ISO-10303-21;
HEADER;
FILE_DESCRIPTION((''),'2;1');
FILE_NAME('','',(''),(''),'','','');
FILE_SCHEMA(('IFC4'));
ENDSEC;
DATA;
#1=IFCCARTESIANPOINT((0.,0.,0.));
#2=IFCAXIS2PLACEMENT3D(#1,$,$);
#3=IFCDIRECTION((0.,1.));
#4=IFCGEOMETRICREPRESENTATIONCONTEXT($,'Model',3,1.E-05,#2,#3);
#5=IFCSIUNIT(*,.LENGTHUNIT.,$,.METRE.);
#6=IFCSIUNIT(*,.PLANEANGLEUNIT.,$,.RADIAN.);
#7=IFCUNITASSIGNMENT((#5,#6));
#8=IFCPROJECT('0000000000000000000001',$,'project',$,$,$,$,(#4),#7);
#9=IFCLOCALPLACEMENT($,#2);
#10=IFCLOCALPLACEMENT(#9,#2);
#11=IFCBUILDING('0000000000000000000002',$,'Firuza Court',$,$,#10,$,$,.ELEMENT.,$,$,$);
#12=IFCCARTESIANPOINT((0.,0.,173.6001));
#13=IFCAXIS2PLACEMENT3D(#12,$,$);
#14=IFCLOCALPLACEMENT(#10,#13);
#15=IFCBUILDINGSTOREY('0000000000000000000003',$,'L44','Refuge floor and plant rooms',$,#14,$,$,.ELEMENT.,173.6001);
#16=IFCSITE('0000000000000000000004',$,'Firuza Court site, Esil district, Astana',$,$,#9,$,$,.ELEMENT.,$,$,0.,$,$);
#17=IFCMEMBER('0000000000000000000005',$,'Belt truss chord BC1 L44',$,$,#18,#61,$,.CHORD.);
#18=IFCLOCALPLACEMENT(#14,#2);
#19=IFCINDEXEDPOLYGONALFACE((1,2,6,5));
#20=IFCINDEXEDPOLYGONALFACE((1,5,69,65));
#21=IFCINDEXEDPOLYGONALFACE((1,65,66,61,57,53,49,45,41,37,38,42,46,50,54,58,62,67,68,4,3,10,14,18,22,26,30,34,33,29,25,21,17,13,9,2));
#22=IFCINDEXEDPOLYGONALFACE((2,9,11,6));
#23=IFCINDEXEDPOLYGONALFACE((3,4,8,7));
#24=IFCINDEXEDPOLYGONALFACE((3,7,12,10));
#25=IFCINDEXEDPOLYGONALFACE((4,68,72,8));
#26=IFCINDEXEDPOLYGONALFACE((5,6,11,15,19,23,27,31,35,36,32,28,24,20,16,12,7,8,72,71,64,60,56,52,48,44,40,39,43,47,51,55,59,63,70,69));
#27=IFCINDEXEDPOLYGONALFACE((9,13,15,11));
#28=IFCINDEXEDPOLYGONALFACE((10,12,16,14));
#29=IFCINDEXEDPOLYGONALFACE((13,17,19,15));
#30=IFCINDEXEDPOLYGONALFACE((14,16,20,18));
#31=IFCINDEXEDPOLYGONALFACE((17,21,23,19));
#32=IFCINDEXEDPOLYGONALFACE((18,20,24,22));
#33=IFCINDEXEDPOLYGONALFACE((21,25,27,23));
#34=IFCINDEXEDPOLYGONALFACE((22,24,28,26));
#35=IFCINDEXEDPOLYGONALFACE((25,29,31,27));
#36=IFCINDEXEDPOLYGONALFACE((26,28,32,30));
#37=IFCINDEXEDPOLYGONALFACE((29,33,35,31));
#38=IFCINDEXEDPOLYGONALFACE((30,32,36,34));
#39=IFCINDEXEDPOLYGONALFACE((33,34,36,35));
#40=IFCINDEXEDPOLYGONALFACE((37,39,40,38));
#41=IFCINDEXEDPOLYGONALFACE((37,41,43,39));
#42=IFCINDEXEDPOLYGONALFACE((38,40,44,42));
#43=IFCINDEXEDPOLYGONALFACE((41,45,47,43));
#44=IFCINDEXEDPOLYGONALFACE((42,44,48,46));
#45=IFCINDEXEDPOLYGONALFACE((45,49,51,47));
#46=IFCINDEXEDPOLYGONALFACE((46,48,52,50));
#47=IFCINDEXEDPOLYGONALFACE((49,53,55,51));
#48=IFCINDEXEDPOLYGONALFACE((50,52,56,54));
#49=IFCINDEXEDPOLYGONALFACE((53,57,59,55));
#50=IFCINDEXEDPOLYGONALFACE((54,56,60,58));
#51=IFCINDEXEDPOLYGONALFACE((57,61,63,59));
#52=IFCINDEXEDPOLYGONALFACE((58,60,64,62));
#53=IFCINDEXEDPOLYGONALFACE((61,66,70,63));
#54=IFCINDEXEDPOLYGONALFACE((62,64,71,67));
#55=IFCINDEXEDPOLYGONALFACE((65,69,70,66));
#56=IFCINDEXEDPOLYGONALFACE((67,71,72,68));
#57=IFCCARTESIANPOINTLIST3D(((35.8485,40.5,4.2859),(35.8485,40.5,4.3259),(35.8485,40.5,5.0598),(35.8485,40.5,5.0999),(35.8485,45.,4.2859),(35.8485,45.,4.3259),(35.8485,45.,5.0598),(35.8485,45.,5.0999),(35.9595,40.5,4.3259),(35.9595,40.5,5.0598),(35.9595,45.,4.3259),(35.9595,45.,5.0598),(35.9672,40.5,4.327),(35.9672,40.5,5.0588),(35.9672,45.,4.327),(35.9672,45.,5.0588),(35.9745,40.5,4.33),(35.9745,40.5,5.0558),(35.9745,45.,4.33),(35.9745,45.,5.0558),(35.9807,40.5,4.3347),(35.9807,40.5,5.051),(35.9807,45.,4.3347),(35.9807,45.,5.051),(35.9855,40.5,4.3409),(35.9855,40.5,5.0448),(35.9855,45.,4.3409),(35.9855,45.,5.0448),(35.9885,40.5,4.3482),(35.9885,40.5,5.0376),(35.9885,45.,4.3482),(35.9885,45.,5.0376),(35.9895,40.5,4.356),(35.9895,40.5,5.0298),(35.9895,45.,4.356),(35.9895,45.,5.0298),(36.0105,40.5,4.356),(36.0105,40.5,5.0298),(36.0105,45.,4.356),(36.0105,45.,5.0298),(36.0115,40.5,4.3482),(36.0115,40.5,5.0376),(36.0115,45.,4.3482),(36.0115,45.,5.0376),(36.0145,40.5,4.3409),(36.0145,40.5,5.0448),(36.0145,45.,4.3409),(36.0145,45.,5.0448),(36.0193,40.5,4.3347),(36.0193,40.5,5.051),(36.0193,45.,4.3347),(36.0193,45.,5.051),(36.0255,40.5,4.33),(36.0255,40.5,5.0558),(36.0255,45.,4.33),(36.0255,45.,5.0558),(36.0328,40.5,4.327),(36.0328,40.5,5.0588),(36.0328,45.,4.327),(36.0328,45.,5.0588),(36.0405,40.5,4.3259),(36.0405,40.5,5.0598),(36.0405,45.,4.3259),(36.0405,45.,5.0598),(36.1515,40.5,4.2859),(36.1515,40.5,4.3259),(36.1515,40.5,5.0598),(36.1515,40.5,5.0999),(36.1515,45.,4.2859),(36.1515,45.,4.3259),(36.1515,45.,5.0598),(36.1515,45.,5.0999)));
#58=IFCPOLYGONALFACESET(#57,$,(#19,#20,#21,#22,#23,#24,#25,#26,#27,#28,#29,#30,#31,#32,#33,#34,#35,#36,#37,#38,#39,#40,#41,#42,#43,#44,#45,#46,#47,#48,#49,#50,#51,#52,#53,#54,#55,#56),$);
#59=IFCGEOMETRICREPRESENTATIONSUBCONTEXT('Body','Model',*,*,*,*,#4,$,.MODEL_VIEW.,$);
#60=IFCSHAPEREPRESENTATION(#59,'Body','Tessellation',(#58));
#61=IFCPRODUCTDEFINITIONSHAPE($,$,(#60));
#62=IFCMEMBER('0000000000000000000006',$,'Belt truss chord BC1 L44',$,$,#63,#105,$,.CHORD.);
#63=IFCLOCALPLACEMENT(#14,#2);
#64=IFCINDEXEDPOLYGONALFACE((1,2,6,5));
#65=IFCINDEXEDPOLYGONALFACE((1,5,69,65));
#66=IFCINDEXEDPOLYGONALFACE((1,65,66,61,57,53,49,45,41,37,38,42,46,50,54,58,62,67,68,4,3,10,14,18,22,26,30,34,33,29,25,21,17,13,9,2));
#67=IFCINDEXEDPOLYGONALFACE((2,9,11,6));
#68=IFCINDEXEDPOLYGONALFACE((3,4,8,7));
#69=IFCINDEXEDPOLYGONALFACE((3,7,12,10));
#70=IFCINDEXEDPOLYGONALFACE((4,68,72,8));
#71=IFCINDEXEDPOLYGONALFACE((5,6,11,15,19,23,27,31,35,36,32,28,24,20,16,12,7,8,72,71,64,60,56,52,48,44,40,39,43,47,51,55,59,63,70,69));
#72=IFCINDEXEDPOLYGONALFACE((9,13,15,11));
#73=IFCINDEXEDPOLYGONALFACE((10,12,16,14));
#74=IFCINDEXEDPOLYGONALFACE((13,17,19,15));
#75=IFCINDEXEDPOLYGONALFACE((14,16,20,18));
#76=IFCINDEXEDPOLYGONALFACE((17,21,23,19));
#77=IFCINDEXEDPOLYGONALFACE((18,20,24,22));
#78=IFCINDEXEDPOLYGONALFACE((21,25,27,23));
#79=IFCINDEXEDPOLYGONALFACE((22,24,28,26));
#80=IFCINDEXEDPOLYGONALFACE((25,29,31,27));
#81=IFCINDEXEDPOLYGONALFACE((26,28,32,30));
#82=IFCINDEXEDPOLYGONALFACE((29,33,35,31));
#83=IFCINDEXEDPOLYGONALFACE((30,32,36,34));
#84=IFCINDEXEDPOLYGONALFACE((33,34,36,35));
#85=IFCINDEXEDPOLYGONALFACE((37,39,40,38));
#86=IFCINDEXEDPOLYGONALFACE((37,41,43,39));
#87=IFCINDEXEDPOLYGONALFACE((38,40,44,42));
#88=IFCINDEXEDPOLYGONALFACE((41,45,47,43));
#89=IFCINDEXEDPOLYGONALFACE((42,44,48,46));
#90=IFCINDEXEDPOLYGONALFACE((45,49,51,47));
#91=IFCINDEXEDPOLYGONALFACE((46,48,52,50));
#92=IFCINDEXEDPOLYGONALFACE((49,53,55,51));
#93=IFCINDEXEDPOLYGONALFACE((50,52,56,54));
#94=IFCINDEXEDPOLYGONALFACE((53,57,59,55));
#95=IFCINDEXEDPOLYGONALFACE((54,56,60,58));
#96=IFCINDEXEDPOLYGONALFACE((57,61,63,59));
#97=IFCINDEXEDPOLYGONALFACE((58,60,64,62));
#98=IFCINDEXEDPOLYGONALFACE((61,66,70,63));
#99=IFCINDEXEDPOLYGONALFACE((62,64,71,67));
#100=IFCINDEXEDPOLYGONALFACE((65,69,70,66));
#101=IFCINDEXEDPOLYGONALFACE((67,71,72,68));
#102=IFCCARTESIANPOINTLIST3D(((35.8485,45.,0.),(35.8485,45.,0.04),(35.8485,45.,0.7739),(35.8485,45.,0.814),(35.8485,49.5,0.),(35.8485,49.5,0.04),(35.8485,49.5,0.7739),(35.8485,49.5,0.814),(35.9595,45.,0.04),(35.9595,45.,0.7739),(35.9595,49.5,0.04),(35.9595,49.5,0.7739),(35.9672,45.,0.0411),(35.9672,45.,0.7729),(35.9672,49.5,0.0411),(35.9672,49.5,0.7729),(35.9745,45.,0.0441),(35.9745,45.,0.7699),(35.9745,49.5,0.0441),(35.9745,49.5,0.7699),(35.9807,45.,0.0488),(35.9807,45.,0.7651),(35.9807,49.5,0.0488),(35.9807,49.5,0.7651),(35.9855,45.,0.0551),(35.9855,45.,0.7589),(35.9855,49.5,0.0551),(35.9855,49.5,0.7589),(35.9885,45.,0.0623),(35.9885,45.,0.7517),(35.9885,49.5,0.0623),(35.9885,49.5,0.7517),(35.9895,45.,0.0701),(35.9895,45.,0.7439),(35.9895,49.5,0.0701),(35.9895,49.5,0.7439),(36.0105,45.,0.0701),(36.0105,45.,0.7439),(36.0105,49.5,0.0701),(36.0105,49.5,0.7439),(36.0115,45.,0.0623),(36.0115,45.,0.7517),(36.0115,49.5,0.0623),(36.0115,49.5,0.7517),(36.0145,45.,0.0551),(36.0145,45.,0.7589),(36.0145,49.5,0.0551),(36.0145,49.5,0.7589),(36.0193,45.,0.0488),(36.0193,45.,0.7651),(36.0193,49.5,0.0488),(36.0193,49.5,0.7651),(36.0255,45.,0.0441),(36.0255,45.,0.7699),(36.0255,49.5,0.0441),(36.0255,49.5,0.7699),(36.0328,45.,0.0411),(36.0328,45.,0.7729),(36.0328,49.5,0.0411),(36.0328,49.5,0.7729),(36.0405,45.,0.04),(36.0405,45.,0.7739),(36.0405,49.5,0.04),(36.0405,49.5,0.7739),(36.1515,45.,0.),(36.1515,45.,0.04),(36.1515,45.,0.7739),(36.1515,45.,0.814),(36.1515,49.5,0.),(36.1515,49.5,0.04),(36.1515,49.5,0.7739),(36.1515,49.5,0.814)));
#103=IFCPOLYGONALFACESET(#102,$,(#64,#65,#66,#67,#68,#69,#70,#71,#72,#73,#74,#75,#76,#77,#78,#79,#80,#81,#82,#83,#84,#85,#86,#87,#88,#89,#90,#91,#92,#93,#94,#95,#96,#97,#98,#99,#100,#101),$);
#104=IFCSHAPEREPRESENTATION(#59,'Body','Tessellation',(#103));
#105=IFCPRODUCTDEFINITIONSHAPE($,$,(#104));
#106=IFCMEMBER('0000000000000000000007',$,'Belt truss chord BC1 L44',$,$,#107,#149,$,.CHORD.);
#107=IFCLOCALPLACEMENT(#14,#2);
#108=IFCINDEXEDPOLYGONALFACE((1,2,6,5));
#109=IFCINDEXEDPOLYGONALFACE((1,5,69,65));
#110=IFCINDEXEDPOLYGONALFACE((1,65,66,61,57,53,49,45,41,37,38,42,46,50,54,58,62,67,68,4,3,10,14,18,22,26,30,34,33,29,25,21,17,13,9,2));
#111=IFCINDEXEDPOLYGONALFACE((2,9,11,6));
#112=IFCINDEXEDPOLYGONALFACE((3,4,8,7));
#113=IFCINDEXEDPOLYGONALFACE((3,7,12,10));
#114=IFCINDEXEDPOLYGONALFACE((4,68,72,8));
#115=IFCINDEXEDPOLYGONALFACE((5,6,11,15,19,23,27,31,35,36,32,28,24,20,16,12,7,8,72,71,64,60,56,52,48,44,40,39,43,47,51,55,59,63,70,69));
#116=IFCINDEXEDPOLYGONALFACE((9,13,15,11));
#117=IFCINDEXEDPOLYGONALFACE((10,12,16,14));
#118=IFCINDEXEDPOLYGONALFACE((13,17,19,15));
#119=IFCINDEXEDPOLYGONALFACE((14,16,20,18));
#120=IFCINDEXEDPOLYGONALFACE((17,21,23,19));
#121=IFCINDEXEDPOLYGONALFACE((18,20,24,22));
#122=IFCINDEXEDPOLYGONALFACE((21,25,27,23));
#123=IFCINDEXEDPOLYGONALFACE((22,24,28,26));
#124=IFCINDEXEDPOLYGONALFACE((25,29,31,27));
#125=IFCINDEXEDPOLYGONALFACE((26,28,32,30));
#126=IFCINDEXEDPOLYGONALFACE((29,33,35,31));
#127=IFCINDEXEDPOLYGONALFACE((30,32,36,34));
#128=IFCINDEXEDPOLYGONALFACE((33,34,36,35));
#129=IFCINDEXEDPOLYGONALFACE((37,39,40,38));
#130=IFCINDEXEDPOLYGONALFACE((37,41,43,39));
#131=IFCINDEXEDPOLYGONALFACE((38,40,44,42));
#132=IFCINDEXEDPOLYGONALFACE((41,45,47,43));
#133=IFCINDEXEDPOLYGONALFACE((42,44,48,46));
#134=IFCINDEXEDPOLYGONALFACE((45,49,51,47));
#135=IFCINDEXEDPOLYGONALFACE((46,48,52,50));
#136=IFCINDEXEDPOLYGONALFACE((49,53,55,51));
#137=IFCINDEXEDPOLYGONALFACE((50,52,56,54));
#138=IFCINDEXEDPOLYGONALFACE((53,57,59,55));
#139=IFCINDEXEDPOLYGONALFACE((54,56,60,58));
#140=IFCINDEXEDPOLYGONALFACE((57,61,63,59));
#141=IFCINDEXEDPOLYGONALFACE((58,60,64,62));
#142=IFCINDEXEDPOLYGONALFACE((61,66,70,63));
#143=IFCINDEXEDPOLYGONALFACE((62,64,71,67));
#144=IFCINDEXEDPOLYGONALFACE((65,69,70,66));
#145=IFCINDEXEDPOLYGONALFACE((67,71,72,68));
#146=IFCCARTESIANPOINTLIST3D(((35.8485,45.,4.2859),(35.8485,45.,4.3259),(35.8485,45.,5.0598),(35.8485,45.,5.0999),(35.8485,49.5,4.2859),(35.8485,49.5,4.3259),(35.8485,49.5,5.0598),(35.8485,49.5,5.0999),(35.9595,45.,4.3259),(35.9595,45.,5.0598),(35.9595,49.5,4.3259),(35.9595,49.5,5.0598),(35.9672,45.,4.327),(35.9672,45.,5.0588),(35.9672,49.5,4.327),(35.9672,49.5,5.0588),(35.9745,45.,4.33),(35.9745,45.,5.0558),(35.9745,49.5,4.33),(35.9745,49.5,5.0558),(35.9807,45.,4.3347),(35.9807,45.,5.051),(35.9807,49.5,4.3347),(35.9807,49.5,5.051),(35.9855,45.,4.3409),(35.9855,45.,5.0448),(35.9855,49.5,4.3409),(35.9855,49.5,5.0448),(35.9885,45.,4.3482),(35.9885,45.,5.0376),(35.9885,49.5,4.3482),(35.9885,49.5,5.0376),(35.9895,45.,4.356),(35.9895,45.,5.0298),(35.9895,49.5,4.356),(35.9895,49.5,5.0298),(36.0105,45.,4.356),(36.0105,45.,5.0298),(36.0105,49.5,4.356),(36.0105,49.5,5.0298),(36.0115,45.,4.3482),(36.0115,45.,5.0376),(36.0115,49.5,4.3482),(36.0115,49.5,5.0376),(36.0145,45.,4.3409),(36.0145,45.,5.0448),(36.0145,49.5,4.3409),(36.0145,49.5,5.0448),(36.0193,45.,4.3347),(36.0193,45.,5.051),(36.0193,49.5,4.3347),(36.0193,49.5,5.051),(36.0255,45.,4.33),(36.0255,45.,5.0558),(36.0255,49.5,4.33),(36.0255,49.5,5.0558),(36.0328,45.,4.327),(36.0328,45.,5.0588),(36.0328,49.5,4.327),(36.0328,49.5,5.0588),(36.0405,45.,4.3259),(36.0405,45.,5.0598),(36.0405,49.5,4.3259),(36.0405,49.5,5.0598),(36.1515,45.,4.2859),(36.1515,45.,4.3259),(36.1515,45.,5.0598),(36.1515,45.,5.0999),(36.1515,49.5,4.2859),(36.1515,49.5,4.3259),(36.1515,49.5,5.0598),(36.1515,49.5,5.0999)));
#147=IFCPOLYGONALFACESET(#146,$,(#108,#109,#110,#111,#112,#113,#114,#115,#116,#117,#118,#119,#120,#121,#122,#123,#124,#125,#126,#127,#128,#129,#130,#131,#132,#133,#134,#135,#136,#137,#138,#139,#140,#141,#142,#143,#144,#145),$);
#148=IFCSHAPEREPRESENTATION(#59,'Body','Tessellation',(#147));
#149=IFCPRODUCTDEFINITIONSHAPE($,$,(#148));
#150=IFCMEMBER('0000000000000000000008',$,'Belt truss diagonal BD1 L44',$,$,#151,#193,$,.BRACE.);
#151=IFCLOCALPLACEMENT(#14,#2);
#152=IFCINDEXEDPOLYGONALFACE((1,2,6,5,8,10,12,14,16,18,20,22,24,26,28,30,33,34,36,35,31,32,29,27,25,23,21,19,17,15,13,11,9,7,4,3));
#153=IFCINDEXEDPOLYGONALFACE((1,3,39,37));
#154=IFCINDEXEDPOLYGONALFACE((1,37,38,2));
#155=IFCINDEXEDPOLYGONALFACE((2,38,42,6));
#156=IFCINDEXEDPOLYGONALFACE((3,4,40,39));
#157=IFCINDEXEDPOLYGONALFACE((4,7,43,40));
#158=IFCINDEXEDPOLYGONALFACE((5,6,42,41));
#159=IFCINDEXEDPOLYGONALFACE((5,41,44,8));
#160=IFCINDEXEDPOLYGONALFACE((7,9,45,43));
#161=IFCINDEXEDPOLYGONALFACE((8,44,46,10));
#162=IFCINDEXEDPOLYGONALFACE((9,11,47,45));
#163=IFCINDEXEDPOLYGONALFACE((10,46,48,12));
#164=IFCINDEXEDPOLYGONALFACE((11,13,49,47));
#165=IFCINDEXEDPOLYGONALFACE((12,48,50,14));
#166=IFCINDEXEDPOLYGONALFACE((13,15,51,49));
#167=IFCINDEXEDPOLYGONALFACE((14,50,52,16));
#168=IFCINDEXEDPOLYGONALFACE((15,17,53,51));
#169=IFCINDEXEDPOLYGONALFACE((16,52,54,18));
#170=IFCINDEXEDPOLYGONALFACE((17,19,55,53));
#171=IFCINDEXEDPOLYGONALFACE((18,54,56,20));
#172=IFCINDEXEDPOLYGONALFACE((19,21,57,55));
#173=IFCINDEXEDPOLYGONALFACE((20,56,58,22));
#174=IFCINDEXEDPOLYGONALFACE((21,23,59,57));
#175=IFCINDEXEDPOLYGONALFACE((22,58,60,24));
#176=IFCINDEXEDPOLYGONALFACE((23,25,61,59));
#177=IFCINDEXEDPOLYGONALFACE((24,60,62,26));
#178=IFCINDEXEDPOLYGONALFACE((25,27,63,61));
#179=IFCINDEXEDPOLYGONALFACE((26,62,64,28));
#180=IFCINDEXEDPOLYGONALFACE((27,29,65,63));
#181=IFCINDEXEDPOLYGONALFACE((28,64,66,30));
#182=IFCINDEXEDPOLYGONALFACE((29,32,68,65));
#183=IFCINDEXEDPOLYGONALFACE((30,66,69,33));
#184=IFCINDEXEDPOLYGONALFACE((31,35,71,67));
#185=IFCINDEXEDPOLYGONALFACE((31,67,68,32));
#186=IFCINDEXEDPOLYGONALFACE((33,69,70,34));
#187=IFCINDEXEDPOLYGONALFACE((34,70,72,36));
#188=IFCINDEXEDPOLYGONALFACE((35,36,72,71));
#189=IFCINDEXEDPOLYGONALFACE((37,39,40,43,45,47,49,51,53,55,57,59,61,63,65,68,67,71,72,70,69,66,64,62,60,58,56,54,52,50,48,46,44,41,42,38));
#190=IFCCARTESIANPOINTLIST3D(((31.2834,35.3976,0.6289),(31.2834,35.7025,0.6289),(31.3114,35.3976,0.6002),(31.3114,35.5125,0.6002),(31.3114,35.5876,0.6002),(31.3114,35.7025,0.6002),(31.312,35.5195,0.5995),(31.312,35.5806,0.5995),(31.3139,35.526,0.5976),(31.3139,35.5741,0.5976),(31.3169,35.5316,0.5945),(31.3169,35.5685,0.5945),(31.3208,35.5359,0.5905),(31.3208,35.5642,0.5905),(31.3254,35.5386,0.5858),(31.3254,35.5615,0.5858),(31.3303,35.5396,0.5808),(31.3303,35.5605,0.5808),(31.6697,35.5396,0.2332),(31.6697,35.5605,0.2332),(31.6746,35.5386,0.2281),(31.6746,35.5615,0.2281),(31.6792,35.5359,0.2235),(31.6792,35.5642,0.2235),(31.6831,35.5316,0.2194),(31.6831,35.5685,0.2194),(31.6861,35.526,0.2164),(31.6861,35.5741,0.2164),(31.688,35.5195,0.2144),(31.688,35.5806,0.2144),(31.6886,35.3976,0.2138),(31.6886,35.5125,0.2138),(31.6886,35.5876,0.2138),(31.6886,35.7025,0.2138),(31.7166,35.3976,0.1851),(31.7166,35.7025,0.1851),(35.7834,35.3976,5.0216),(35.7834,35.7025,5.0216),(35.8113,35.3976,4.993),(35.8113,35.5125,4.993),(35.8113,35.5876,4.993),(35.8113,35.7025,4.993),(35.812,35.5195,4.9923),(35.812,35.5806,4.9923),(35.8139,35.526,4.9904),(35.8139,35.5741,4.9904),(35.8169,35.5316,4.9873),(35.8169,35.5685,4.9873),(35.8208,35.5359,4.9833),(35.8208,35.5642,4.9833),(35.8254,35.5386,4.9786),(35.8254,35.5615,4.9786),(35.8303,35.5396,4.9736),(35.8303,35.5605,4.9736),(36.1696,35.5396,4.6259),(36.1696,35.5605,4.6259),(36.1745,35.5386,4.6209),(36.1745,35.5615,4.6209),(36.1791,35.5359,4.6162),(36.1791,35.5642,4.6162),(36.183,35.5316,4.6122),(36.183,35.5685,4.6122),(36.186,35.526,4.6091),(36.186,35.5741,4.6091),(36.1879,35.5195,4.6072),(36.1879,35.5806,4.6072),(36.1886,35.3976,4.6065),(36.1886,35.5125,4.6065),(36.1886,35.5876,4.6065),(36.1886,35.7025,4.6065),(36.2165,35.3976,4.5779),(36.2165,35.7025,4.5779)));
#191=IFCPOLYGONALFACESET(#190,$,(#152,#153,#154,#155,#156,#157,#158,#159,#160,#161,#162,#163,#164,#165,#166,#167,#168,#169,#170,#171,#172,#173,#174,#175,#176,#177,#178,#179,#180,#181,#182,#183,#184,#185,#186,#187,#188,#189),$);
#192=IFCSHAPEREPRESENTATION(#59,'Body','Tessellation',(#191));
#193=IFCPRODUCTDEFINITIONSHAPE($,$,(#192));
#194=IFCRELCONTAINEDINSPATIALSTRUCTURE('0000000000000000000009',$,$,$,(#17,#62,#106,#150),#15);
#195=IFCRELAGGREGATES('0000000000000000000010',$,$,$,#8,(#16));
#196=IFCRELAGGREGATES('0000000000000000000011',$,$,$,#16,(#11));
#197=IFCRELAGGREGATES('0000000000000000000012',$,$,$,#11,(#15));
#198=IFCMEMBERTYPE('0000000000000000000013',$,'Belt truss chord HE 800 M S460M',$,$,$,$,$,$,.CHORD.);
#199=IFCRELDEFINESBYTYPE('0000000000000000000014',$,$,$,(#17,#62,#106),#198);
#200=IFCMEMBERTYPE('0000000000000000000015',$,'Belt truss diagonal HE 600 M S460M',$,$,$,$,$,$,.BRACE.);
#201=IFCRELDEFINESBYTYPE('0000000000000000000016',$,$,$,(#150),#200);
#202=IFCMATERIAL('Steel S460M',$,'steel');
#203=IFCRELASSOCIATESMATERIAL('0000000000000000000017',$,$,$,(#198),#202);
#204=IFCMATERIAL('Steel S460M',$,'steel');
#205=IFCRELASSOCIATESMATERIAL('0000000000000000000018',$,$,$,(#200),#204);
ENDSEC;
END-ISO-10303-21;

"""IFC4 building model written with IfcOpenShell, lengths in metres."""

from ifc_helpers import new_model, si_unit, direction, frame, origin, origin_2d, place, context, subcontext, project, spatial, i_section, extrude, material, material_profile, profile_set, type_object, element, save


model = new_model("IFC4")

# Units and contexts
model_context = context("Model", 3, precision=1e-05, world=origin(), true_north=direction((0.0, 1.0)))
body_context = subcontext(model_context, "Body", "Model", "MODEL_VIEW")
ifc_project = project(units=[si_unit("LENGTHUNIT", "METRE"), si_unit("PLANEANGLEUNIT", "RADIAN")], contexts=[model_context])

# Site, building, storey
site_placement = place(None, origin())
site = spatial("IfcSite", under=ifc_project, at=site_placement, Name="Firuza Court site, Esil district, Astana", CompositionType="ELEMENT", RefElevation=0.0)
building_placement = place(site_placement, origin())
building = spatial("IfcBuilding", under=site, at=building_placement, Name="Firuza Court", CompositionType="ELEMENT")
storey_placement = place(building_placement, frame((0.0, 0.0, 173.6001)))
storey = spatial("IfcBuildingStorey", under=building, at=storey_placement, Name="L44", Description="Refuge floor and plant rooms", CompositionType="ELEMENT", Elevation=173.6001)

# Members
ifc_material_1 = material(Name="Steel S460M", Category="steel")
ifc_material_profile_1 = material_profile(ifc_material_1, i_section(OverallWidth=0.303, OverallDepth=0.814, WebThickness=0.021, FlangeThickness=0.04, FilletRadius=0.03, at=origin_2d()), Name="HE 800 M")
ifc_profile_set_1 = profile_set([ifc_material_profile_1], Name="Steel S460M")
member_type_1 = type_object("IfcMemberType", Name="Belt truss chord HE 800 M S460M", PredefinedType="CHORD", material=ifc_profile_set_1)
for number, where, z_axis, x_axis, name in (
    (1, (36.0, 40.5, 4.6929), (0.0, 1.0, 0.0), (-1.0, 0.0, 0.0), "Belt truss chord BC1 L44"),
    (2, (36.0, 45.0, 0.407), (0.0, 1.0, 0.0), (-1.0, 0.0, 0.0), "Belt truss chord BC1 L44"),
    (3, (36.0, 45.0, 4.6929), (0.0, 1.0, 0.0), (-1.0, 0.0, 0.0), "Belt truss chord BC1 L44"),
):
    element("IfcMember", number, at=place(storey_placement, frame(where, z_axis=z_axis, x_axis=x_axis)), inside=storey, type_object=member_type_1, Name=name, PredefinedType="CHORD", context=body_context, shape_type="SweptSolid", body=[
        extrude(i_section(OverallWidth=0.303, OverallDepth=0.814, WebThickness=0.021, FlangeThickness=0.04, FilletRadius=0.03, at=origin_2d()), origin(), (0.0, 0.0, 1.0), 4.5),
    ])
ifc_material_2 = material(Name="Steel S460M", Category="steel")
ifc_material_profile_2 = material_profile(ifc_material_2, i_section(OverallWidth=0.3049, OverallDepth=0.6201, WebThickness=0.021, FlangeThickness=0.04, FilletRadius=0.0271, at=origin_2d()), Name="HE 600 M")
ifc_profile_set_2 = profile_set([ifc_material_profile_2], Name="Steel S460M")
member_type_2 = type_object("IfcMemberType", Name="Belt truss diagonal HE 600 M S460M", PredefinedType="BRACE", material=ifc_profile_set_2)
member_placement = place(storey_placement, frame((31.5, 35.55, 0.407), z_axis=(0.715577, 0.0, 0.698534), x_axis=(0.0, 1.0, 0.0)))
element("IfcMember", 4, at=member_placement, inside=storey, type_object=member_type_2, Name="Belt truss diagonal BD1 L44", PredefinedType="BRACE", context=body_context, shape_type="SweptSolid", body=[
    extrude(i_section(OverallWidth=0.3049, OverallDepth=0.6201, WebThickness=0.021, FlangeThickness=0.04, FilletRadius=0.0271, at=origin_2d()), origin(), (0.0, 0.0, 1.0), 6.2886),
])

save(model, "model.ifc")
